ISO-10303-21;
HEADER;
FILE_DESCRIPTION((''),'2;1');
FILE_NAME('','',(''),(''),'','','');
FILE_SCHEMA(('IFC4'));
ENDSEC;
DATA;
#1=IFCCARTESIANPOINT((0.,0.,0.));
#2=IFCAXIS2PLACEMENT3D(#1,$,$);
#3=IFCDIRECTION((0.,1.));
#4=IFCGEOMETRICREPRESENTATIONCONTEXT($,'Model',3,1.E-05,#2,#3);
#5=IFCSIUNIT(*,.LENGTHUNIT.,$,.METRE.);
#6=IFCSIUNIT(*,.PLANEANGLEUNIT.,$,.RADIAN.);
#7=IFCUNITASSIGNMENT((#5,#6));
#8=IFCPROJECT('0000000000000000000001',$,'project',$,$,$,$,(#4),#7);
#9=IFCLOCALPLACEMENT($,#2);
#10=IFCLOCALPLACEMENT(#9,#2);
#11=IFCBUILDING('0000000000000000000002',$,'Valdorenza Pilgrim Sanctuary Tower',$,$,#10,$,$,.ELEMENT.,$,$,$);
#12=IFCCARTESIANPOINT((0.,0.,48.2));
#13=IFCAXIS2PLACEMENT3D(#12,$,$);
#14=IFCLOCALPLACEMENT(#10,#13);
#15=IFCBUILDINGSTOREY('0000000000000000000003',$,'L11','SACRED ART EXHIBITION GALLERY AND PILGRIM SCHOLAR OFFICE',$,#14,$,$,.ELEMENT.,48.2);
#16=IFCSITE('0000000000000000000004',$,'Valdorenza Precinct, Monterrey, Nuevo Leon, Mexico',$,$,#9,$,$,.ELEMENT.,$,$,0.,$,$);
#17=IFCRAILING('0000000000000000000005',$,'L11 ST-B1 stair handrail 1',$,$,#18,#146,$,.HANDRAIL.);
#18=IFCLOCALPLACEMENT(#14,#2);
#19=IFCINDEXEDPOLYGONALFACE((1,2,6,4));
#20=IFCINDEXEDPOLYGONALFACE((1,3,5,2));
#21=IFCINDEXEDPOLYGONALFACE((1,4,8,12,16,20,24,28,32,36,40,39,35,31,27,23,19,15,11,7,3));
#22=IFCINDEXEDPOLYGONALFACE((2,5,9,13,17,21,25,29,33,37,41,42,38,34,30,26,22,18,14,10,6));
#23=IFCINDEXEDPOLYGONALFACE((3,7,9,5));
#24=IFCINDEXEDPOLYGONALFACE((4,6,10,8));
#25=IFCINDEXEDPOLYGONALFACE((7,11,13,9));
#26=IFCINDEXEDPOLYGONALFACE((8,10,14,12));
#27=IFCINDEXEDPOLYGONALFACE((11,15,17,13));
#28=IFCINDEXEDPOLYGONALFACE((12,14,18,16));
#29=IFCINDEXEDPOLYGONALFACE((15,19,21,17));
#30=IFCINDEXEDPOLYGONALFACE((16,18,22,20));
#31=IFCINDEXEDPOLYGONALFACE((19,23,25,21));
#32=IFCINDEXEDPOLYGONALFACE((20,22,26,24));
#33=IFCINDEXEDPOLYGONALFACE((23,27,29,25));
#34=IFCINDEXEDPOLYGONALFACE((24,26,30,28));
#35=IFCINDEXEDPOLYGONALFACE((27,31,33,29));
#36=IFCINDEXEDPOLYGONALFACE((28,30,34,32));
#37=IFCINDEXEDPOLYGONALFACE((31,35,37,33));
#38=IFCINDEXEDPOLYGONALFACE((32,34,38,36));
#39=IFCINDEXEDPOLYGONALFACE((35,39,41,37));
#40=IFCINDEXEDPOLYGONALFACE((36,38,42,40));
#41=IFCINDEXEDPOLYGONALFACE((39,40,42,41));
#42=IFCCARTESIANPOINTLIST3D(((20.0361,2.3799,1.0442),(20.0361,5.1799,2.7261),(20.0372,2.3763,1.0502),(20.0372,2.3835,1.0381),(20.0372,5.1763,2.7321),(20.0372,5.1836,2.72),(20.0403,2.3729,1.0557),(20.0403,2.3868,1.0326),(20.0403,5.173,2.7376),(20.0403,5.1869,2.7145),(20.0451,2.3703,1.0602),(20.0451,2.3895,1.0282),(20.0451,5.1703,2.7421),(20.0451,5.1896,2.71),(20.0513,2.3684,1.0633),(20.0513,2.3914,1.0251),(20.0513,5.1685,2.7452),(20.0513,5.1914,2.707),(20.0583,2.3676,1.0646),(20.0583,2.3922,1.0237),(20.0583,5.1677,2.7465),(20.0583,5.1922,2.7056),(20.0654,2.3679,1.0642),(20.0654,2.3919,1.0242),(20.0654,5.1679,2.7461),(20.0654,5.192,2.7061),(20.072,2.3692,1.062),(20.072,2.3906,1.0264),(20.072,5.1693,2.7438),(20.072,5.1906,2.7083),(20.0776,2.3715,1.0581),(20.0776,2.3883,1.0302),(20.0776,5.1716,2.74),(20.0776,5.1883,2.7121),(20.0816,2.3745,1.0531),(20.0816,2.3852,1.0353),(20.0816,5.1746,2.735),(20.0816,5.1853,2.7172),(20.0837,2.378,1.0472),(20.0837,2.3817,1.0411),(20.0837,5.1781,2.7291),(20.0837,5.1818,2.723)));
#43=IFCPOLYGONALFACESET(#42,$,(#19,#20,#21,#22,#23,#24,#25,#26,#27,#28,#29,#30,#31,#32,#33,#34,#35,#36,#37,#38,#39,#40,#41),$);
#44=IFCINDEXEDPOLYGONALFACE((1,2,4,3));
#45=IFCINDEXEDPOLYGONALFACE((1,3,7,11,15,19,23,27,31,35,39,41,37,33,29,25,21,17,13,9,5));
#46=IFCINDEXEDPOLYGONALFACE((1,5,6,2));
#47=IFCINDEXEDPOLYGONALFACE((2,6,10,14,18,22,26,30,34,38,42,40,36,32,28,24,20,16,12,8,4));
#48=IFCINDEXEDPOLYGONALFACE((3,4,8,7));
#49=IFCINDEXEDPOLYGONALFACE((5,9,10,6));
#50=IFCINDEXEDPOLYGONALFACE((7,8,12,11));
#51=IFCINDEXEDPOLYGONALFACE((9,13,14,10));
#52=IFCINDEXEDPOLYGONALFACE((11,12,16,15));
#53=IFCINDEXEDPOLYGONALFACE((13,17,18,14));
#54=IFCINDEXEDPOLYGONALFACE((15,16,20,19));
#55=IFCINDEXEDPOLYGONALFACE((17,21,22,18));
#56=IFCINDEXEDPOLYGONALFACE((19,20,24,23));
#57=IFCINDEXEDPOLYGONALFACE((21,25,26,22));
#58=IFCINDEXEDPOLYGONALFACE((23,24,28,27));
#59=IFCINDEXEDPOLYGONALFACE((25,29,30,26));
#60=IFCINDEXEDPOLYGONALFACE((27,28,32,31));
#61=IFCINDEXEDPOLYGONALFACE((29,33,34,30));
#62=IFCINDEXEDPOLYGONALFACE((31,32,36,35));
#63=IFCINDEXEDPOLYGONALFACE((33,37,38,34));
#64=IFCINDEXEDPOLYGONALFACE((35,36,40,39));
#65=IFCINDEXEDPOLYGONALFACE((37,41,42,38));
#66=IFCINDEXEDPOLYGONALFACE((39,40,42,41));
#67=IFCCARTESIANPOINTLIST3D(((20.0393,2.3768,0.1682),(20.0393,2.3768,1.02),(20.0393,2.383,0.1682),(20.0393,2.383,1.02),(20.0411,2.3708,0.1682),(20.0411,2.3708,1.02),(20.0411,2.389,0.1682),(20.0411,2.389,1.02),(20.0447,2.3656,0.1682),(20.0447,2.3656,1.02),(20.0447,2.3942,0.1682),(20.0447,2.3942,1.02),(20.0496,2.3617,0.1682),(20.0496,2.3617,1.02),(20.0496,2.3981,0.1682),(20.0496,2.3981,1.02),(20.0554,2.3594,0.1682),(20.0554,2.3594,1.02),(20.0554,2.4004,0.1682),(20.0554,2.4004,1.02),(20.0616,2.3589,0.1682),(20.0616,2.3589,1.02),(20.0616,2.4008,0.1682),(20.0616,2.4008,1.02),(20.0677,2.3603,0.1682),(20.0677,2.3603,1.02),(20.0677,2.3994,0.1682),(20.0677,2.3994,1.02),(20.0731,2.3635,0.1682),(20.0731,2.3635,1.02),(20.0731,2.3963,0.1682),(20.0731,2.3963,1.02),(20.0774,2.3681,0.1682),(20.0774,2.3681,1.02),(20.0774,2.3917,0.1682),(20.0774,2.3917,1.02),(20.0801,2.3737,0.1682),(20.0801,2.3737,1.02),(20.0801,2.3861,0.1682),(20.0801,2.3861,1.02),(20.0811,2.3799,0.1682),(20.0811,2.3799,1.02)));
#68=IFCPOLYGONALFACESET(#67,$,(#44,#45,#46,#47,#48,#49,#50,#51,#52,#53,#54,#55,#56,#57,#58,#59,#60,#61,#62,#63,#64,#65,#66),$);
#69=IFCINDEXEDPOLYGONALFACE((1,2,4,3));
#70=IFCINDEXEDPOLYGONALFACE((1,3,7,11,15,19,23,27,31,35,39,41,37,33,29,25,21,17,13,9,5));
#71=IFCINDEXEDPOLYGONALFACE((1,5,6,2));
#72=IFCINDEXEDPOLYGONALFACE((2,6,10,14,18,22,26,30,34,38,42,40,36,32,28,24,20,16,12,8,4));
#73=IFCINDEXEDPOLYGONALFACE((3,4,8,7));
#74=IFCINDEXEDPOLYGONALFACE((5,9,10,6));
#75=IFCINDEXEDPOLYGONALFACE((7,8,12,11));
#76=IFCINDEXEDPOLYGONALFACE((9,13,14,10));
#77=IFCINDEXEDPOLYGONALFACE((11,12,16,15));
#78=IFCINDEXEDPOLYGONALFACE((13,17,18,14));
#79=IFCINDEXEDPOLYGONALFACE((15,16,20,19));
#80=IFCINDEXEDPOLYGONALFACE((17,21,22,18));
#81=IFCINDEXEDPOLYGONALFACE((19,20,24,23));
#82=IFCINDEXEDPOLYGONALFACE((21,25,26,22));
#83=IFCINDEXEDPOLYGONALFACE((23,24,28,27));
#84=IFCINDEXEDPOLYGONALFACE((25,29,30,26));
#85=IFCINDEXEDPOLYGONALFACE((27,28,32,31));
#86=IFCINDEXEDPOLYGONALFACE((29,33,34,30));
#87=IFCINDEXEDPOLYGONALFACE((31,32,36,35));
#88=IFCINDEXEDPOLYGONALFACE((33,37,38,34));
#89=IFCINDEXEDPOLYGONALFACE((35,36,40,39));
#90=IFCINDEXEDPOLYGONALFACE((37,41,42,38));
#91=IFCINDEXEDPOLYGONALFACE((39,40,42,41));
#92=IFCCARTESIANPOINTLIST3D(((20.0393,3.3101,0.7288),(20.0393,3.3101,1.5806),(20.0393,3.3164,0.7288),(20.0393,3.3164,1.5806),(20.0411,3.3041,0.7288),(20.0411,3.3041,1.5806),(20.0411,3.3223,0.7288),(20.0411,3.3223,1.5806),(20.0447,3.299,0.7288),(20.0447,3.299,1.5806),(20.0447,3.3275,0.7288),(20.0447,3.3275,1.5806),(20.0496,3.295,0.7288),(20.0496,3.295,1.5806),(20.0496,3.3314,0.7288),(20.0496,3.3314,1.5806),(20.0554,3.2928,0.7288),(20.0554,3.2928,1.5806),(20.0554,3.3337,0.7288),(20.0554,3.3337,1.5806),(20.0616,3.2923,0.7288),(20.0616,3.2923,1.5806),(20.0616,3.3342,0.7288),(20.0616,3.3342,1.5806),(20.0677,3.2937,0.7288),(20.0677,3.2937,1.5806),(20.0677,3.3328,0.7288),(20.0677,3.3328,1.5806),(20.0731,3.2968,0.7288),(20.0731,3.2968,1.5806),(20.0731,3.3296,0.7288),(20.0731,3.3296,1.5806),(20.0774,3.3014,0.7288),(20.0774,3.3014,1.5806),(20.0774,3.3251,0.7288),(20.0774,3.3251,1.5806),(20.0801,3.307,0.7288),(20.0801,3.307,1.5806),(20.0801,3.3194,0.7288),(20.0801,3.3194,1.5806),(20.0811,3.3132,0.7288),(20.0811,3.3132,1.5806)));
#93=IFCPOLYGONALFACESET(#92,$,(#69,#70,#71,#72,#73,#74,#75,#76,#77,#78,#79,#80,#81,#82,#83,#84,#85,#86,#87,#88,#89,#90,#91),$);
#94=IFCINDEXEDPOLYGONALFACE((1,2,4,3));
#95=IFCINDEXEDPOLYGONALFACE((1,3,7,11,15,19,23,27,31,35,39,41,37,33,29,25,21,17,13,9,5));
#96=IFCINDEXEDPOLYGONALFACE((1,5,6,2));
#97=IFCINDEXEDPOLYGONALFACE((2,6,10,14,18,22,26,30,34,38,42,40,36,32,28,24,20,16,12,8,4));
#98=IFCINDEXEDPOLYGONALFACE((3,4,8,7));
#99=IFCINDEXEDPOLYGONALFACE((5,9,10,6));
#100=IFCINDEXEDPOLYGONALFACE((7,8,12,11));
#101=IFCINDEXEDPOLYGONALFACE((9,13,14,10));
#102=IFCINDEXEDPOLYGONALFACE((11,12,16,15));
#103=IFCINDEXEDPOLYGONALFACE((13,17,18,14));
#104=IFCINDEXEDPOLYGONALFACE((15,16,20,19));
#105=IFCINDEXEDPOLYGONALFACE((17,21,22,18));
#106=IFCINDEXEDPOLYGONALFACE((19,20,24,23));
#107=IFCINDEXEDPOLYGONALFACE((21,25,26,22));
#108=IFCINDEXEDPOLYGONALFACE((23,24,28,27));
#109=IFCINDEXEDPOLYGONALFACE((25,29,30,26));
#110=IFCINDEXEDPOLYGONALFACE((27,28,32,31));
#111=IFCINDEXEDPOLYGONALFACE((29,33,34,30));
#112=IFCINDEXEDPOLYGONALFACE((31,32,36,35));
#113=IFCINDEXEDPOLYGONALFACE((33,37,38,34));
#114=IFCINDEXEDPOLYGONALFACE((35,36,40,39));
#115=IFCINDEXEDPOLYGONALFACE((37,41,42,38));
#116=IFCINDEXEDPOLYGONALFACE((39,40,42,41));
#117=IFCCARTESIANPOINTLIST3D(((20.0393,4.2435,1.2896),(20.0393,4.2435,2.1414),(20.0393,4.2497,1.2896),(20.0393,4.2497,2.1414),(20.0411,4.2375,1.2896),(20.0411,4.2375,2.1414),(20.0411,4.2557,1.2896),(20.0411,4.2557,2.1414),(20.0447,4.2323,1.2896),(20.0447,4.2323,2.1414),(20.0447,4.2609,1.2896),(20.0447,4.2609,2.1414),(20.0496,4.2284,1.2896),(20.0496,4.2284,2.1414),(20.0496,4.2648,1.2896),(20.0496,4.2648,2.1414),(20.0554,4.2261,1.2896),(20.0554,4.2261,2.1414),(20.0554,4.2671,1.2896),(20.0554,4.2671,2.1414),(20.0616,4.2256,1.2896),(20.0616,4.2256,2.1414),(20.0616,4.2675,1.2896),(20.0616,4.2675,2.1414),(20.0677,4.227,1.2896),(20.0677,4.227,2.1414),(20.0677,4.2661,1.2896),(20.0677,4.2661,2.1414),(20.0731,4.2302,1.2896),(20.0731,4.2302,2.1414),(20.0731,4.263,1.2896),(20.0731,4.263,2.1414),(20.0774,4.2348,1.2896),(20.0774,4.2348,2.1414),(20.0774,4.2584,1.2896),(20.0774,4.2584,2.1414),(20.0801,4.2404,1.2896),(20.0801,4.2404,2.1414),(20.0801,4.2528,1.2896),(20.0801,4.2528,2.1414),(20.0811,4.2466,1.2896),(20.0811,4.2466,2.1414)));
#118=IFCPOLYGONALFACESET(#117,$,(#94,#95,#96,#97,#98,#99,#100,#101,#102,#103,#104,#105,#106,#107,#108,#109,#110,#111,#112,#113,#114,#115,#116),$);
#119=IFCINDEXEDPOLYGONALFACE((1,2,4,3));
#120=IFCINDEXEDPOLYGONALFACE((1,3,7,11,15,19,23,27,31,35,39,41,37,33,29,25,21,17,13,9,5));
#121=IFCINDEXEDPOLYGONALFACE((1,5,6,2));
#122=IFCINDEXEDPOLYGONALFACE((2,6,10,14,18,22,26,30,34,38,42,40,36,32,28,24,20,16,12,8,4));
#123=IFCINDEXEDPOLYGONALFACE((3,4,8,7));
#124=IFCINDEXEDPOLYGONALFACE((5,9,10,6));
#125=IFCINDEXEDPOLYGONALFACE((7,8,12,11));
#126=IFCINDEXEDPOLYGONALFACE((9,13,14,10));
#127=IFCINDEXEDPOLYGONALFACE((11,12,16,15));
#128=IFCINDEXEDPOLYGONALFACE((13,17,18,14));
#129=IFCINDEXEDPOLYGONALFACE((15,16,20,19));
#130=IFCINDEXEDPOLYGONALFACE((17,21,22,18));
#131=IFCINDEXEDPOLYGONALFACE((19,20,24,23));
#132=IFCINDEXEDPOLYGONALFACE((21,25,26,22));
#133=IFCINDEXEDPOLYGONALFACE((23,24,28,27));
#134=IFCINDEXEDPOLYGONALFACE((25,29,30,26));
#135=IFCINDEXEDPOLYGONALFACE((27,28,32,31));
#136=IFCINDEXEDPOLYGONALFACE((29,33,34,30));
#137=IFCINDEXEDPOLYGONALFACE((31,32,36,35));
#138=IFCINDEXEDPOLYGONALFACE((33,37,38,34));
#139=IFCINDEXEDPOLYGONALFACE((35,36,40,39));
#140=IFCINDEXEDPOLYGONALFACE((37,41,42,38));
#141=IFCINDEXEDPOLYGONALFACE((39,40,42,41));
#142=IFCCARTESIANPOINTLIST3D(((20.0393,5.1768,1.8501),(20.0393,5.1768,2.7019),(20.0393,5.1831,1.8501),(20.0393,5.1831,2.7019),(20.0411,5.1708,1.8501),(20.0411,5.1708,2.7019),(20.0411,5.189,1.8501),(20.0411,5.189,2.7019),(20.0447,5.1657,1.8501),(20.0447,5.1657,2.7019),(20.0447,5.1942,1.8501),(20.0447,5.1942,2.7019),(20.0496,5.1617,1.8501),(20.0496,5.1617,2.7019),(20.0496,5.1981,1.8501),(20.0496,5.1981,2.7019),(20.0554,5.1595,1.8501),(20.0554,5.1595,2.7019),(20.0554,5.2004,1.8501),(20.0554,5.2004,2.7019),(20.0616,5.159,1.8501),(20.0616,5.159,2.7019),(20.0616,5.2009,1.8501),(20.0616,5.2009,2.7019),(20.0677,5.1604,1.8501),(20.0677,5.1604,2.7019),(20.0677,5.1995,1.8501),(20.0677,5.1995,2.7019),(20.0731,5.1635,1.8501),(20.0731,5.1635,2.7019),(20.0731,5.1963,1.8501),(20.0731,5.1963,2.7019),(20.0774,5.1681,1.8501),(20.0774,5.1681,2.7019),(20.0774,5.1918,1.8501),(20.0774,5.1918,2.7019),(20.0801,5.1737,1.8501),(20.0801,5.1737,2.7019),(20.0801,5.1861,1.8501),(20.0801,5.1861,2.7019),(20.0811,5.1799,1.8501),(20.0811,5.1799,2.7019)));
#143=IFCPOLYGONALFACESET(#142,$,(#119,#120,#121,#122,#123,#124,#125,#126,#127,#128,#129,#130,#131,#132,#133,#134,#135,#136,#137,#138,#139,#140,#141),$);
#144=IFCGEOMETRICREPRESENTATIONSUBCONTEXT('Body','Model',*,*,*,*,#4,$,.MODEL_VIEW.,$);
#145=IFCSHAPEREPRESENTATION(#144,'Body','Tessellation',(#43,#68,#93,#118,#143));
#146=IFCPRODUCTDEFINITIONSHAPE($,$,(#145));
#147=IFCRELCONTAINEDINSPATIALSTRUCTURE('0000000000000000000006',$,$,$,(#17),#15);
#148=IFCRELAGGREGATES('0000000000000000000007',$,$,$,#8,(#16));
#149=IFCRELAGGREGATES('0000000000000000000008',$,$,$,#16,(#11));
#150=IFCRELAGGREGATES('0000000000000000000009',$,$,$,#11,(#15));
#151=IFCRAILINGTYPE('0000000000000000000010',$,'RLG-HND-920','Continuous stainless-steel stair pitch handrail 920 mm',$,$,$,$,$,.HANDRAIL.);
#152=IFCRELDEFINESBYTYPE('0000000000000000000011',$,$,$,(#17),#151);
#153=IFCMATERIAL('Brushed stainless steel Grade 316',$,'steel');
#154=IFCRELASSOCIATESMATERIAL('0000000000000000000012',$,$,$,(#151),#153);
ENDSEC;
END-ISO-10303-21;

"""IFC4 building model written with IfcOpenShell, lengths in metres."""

from ifc_helpers import new_model, si_unit, direction, frame, origin, origin_2d, place, context, subcontext, project, spatial, circle, extrude, material, type_object, element, save


model = new_model("IFC4")

# Units and contexts
model_context = context("Model", 3, precision=1e-05, world=origin(), true_north=direction((0.0, 1.0)))
body_context = subcontext(model_context, "Body", "Model", "MODEL_VIEW")
ifc_project = project(units=[si_unit("LENGTHUNIT", "METRE"), si_unit("PLANEANGLEUNIT", "RADIAN")], contexts=[model_context])

# Site, building, storey
site_placement = place(None, origin())
site = spatial("IfcSite", under=ifc_project, at=site_placement, Name="Valdorenza Precinct, Monterrey, Nuevo Leon, Mexico", CompositionType="ELEMENT", RefElevation=0.0)
building_placement = place(site_placement, origin())
building = spatial("IfcBuilding", under=site, at=building_placement, Name="Valdorenza Pilgrim Sanctuary Tower", CompositionType="ELEMENT")
storey_placement = place(building_placement, frame((0.0, 0.0, 48.2)))
storey = spatial("IfcBuildingStorey", under=building, at=storey_placement, Name="L11", Description="SACRED ART EXHIBITION GALLERY AND PILGRIM SCHOLAR OFFICE", CompositionType="ELEMENT", Elevation=48.2)

# Railing
ifc_material_1 = material(Name="Brushed stainless steel Grade 316", Category="steel")
railing_type_1 = type_object("IfcRailingType", Name="RLG-HND-920", Description="Continuous stainless-steel stair pitch handrail 920 mm", PredefinedType="HANDRAIL", material=ifc_material_1)
railing_1_placement = place(storey_placement, frame((20.0601, 2.3799, 0.1682)))
element("IfcRailing", 1, at=railing_1_placement, inside=storey, type_object=railing_type_1, Name="L11 ST-B1 stair handrail 1", PredefinedType="HANDRAIL", context=body_context, shape_type="SweptSolid", body=[
    extrude(circle(Radius=0.0239, at=origin_2d()), frame((0.0, 0.0, 0.876), z_axis=(0.0, 0.857242, 0.514913), x_axis=(-1.0, 0.0, 0.0)), (0.0, 0.0, 1.0), 3.2664),
    extrude(circle(Radius=0.021, at=origin_2d()), origin(), (0.0, 0.0, 1.0), 0.8518),
    extrude(circle(Radius=0.021, at=origin_2d()), frame((0.0, 0.9333, 0.5605)), (0.0, 0.0, 1.0), 0.8518),
    extrude(circle(Radius=0.021, at=origin_2d()), frame((0.0, 1.8667, 1.1213)), (0.0, 0.0, 1.0), 0.8518),
    extrude(circle(Radius=0.021, at=origin_2d()), frame((0.0, 2.8, 1.6819)), (0.0, 0.0, 1.0), 0.8518),
])

save(model, "model.ifc")
